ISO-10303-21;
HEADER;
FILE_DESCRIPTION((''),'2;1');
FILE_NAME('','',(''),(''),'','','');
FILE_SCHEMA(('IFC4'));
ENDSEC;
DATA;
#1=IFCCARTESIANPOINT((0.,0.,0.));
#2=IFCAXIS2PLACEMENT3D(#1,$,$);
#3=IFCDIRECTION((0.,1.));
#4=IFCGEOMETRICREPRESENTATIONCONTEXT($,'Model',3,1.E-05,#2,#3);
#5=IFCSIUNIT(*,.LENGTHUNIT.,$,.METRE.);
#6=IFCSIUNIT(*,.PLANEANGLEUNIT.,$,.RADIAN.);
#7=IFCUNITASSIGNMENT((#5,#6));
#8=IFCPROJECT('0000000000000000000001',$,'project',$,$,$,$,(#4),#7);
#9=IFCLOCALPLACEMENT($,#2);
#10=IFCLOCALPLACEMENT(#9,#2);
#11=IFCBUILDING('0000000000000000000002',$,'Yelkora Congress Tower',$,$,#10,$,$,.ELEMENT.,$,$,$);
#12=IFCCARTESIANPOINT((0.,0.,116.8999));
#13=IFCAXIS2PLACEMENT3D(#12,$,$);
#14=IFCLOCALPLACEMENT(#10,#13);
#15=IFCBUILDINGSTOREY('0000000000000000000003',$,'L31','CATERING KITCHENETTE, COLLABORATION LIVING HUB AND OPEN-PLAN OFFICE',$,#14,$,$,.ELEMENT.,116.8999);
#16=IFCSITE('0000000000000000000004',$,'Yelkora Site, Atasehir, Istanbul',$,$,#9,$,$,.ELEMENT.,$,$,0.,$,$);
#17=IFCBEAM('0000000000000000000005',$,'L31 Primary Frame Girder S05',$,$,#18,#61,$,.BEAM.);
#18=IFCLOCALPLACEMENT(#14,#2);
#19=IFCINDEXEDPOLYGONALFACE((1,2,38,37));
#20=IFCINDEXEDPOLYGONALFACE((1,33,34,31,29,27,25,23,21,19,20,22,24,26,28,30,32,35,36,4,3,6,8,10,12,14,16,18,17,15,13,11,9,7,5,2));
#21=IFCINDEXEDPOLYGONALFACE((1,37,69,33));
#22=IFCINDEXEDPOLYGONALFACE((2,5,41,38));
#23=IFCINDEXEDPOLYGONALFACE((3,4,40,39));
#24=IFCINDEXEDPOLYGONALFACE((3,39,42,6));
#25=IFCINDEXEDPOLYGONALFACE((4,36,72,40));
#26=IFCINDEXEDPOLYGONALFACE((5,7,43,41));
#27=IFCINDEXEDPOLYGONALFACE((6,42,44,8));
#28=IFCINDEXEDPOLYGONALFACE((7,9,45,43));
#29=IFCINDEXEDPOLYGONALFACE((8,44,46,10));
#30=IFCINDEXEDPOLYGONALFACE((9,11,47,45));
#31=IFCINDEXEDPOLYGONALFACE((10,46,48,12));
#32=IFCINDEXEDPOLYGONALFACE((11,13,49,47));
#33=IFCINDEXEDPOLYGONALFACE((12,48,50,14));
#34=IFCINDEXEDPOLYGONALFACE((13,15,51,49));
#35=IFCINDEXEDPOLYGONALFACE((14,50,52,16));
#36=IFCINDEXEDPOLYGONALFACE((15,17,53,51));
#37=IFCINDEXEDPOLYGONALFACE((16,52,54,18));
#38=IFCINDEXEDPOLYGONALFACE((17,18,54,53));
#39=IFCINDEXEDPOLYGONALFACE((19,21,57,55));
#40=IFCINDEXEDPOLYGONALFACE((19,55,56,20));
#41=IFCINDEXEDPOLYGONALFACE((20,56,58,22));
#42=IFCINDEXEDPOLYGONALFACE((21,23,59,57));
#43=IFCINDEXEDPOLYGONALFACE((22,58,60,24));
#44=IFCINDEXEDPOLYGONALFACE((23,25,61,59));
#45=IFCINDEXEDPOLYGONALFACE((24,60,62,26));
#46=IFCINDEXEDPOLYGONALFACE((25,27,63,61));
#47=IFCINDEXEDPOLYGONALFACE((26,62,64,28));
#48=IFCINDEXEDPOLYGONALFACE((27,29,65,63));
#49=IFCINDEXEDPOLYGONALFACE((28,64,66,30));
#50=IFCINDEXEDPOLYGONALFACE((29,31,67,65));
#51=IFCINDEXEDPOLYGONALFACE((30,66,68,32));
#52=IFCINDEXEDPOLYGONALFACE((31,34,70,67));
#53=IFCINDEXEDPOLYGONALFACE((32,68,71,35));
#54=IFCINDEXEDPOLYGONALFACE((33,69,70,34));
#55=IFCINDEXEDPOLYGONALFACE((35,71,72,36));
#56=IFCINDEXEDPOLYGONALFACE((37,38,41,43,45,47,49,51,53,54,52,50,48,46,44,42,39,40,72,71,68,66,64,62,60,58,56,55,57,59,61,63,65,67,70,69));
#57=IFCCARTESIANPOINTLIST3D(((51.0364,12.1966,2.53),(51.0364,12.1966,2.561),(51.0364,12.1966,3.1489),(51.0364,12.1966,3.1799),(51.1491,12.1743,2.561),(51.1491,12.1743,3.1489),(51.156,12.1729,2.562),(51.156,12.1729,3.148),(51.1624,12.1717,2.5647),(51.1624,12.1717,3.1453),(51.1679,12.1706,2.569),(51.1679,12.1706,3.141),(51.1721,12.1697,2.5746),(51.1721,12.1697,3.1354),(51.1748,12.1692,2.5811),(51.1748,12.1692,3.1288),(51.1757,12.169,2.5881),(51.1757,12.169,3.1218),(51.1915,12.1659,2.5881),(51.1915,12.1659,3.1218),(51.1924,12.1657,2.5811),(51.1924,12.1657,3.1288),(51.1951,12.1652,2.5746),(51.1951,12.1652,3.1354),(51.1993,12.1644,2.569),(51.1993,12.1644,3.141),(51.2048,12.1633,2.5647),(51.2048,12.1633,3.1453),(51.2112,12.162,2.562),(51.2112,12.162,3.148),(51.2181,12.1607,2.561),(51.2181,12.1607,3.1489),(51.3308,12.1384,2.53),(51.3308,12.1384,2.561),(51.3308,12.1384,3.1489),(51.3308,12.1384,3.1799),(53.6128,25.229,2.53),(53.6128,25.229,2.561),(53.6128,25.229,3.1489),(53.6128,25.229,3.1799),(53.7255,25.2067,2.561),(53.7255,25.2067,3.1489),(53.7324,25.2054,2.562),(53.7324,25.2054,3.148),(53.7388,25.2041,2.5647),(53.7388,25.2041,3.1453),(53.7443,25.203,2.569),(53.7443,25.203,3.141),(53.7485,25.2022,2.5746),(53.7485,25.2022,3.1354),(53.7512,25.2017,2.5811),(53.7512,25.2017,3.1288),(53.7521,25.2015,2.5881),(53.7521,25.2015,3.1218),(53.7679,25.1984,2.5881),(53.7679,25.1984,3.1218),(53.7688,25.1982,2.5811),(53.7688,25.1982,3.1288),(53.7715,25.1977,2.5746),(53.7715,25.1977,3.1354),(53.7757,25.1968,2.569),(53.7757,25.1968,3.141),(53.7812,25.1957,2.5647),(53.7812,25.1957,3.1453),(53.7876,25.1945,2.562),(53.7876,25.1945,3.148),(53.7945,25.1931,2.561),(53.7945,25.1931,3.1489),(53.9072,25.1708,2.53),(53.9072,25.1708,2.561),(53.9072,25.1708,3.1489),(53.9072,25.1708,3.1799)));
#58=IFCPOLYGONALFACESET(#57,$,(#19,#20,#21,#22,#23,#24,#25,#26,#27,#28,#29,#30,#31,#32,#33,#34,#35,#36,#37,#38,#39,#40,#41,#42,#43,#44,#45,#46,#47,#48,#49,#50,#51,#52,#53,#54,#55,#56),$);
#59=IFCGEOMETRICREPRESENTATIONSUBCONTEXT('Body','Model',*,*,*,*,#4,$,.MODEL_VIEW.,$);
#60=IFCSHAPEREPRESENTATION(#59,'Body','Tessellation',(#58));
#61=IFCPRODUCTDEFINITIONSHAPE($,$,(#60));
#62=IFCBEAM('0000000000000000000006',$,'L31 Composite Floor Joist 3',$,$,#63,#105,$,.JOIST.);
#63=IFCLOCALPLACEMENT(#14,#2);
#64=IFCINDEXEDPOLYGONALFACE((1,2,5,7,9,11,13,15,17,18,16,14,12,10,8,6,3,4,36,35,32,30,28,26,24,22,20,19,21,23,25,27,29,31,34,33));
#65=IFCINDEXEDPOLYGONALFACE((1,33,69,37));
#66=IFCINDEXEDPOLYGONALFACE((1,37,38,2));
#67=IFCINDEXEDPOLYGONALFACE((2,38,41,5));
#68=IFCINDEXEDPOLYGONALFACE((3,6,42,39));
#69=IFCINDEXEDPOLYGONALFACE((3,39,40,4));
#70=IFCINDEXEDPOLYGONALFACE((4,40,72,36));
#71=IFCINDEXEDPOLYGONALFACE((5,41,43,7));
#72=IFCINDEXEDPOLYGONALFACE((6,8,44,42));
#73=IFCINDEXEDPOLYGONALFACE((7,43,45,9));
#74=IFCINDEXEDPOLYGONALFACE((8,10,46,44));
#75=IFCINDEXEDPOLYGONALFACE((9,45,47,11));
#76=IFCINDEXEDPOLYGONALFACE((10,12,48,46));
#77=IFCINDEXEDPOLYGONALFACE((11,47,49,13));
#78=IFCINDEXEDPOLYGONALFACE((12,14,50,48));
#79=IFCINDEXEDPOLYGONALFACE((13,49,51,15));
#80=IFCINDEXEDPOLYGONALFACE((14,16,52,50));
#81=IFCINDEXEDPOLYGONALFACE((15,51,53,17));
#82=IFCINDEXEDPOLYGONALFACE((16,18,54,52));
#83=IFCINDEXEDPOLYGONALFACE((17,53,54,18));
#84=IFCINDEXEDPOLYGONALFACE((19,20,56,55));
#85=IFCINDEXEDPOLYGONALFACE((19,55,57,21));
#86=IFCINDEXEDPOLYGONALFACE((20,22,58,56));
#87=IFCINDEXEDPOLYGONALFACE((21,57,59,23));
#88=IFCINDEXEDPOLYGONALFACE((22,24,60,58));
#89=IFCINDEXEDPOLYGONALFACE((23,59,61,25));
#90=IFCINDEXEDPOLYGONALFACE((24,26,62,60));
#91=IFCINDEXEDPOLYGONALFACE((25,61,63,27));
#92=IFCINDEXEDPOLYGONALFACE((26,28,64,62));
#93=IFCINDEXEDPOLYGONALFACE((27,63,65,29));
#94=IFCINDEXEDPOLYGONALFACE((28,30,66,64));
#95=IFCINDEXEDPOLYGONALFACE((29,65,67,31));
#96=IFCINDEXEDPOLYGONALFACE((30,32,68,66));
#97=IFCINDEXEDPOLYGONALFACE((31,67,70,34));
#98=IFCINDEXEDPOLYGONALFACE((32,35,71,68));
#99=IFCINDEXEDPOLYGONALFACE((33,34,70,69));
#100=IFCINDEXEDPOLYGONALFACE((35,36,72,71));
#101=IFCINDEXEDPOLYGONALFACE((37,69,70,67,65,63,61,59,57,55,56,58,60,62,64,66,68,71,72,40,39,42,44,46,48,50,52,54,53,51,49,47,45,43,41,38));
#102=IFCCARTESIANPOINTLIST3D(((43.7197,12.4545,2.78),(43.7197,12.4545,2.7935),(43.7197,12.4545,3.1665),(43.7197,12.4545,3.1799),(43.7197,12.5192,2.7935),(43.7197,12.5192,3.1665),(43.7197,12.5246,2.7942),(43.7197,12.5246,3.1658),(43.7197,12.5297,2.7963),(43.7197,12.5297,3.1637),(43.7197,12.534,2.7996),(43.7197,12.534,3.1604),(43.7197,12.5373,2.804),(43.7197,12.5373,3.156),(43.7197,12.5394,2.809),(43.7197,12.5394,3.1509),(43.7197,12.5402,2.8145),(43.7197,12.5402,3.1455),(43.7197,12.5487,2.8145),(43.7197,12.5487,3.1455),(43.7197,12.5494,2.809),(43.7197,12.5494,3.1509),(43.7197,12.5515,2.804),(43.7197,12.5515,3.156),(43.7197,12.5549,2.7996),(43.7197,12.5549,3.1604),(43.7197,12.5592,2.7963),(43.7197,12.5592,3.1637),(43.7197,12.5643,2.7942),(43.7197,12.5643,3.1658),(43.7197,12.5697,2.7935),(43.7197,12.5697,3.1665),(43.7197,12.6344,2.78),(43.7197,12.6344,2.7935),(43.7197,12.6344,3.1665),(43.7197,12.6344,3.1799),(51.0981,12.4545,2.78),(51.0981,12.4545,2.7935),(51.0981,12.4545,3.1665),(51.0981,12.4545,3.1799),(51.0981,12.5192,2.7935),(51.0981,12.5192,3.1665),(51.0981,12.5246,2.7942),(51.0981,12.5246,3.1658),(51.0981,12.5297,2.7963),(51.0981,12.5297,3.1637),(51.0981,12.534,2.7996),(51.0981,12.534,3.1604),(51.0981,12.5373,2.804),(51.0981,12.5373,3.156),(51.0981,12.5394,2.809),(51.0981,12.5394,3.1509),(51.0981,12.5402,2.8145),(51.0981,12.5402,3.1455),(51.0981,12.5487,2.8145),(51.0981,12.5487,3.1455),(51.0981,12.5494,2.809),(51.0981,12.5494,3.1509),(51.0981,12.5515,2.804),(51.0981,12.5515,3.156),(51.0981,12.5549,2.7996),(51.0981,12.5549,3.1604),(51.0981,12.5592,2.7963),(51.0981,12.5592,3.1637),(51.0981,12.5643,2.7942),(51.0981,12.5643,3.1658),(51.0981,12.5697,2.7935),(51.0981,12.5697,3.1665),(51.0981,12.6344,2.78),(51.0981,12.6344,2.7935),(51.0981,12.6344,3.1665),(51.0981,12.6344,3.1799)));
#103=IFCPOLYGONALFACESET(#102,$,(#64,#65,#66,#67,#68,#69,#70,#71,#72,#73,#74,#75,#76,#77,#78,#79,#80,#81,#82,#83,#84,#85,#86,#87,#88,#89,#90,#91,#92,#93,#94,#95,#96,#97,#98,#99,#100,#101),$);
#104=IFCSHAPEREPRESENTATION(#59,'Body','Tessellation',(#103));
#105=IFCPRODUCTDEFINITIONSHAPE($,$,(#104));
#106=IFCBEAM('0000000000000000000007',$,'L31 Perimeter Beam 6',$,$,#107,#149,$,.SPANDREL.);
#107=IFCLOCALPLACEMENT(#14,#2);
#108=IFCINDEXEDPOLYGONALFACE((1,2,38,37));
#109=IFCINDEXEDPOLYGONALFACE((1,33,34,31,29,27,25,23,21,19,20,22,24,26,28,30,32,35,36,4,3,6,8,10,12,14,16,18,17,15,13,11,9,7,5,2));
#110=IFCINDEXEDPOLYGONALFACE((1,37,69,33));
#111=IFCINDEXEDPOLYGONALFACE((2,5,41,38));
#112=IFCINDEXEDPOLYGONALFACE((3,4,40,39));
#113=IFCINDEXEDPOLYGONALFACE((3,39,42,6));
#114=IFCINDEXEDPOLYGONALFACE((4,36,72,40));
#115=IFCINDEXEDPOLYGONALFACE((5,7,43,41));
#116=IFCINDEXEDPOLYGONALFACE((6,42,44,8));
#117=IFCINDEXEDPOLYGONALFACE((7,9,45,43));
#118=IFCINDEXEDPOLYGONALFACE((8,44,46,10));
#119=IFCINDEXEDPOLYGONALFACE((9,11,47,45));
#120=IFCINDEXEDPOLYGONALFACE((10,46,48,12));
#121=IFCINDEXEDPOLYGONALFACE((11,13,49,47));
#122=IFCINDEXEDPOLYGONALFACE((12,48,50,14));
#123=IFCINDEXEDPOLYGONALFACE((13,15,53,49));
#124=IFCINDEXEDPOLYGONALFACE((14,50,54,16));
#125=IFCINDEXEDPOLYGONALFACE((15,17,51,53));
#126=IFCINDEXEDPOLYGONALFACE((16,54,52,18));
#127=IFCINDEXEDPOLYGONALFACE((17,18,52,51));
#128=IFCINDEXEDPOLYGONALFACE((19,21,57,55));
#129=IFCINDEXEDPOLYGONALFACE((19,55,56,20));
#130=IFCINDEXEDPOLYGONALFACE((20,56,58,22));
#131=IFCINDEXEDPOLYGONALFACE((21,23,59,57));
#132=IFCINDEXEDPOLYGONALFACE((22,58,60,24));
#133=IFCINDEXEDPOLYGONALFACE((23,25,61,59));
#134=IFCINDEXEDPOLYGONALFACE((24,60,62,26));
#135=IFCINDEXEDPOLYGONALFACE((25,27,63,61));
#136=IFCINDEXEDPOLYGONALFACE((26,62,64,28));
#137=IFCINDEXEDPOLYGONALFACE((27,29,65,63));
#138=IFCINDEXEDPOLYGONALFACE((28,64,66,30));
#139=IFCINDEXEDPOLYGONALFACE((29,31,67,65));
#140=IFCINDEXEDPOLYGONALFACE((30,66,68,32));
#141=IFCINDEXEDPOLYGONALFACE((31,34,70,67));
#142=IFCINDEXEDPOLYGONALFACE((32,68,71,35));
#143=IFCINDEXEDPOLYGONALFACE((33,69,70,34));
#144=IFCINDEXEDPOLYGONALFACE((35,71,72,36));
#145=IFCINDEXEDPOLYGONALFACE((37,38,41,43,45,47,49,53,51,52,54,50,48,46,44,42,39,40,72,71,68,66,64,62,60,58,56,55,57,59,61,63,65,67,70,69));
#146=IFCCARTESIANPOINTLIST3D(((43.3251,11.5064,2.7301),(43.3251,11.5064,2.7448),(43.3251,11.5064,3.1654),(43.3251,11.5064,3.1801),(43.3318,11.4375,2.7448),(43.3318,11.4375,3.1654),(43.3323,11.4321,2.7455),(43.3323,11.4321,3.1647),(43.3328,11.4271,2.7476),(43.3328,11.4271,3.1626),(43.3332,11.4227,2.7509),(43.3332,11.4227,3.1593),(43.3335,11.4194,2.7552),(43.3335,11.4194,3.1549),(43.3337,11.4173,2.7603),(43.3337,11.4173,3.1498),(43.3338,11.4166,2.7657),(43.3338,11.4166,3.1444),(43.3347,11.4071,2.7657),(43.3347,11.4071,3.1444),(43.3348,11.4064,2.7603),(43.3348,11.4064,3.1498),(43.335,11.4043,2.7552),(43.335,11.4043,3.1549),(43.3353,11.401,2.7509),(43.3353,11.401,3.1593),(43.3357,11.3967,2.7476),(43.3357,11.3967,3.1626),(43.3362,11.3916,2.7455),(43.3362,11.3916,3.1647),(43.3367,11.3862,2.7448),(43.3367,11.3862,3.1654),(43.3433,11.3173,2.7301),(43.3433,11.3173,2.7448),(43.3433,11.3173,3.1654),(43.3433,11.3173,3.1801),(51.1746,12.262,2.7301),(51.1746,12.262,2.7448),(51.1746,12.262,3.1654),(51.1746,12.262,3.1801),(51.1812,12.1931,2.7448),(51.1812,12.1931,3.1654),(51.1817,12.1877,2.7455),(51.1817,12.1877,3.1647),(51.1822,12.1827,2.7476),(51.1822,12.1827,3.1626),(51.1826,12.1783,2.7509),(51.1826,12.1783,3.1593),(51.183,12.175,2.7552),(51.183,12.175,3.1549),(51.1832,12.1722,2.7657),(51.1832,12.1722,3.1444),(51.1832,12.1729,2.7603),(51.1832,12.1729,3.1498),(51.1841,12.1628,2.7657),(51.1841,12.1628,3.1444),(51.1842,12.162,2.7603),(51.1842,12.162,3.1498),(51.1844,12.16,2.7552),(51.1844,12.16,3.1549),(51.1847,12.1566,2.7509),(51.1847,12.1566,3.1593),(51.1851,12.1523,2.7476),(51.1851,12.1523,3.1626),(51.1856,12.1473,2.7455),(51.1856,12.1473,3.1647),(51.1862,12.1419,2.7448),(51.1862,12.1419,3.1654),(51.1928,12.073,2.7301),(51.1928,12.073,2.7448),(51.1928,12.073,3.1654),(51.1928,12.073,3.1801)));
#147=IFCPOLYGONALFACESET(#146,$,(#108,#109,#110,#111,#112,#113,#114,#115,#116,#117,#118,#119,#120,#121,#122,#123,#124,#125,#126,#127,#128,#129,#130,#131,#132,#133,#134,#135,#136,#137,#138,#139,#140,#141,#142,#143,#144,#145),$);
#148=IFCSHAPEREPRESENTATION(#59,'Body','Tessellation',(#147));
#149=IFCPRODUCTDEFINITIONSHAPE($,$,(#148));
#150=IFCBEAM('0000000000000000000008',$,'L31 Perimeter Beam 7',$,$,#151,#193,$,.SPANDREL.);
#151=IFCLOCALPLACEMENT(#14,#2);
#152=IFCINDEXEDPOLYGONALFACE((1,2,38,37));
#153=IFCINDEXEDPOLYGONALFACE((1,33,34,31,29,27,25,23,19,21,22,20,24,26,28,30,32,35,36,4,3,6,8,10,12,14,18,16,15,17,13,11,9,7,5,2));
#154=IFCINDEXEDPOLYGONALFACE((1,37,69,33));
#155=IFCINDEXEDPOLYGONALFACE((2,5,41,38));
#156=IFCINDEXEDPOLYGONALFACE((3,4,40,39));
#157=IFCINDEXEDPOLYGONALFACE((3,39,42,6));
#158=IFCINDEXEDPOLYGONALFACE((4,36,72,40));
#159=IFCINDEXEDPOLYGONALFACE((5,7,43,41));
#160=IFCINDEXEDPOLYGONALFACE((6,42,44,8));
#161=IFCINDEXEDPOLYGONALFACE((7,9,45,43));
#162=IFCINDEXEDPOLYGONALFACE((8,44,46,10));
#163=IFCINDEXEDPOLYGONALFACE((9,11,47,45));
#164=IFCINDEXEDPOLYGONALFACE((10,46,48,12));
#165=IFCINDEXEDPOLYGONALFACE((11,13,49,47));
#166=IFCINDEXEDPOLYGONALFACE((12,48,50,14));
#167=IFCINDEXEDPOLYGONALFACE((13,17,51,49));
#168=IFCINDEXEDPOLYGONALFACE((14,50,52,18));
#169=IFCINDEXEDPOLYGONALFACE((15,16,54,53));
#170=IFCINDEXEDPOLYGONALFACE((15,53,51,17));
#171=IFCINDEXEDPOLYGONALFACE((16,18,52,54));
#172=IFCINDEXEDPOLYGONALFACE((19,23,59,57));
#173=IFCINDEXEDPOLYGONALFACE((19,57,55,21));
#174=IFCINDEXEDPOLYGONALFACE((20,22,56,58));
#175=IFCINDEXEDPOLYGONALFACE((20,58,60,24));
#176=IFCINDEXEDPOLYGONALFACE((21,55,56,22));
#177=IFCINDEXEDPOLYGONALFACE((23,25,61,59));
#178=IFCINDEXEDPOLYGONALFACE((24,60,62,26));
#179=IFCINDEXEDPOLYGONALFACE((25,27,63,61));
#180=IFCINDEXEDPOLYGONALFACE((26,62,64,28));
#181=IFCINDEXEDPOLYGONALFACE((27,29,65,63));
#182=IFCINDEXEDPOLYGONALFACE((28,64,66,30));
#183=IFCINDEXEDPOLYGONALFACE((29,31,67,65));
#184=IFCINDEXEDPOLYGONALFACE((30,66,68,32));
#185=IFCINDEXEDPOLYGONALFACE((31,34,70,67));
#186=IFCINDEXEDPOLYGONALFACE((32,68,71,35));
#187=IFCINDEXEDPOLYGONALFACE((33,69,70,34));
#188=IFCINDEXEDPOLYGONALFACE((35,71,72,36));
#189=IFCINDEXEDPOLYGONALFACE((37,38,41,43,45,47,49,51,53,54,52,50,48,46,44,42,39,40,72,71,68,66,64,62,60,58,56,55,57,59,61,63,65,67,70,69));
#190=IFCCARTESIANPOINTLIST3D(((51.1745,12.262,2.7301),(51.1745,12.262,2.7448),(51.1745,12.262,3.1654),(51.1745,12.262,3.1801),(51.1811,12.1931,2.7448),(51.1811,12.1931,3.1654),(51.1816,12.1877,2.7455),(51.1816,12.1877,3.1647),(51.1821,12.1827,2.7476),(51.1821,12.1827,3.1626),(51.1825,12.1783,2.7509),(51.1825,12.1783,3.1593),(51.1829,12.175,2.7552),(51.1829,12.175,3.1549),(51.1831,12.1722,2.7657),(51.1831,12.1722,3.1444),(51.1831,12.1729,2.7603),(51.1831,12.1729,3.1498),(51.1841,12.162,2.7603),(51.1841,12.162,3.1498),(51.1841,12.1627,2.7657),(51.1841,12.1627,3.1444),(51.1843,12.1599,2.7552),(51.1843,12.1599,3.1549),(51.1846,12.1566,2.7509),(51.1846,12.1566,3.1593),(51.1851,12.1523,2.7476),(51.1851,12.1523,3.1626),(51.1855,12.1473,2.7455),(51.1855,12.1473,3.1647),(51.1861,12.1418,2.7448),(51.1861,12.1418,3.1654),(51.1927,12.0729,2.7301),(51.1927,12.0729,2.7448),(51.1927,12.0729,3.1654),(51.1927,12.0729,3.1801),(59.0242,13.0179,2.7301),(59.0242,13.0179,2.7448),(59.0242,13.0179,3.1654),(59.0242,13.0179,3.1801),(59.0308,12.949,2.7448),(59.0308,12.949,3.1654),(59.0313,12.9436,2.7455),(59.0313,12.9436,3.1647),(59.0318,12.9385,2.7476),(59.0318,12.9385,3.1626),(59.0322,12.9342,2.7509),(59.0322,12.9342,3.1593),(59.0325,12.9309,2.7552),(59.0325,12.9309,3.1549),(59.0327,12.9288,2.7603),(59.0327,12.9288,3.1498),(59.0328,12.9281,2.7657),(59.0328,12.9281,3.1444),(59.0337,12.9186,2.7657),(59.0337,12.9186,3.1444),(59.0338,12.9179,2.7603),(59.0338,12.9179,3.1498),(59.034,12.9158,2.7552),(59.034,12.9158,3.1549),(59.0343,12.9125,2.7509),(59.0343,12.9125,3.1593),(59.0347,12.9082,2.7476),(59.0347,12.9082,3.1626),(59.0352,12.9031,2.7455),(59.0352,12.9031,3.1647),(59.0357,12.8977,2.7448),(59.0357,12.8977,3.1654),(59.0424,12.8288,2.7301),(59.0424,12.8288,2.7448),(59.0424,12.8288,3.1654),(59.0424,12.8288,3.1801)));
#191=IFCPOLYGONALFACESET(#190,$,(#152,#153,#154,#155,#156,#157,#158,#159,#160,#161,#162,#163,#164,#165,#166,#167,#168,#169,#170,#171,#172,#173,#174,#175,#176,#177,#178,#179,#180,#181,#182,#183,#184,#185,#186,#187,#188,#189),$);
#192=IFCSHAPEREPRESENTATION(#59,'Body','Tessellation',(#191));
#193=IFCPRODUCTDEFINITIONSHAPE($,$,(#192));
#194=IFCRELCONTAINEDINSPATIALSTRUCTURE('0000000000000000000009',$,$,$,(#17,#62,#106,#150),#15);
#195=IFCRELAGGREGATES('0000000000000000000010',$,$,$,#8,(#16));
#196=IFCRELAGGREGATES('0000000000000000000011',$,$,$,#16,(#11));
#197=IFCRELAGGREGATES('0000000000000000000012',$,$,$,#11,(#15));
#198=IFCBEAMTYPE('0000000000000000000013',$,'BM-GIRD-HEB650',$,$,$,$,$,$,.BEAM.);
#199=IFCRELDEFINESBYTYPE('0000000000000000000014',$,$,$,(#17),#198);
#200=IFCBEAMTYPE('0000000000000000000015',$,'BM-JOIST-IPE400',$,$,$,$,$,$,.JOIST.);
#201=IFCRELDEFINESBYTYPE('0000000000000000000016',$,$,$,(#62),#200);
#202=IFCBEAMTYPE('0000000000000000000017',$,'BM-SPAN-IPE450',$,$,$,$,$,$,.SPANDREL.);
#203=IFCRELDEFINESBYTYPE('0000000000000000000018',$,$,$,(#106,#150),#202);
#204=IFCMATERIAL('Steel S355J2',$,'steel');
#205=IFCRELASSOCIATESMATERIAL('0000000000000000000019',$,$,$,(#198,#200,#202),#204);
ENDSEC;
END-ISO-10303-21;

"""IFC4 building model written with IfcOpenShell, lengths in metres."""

from ifc_helpers import new_model, si_unit, direction, frame, origin, origin_2d, place, context, subcontext, project, spatial, i_section, extrude, material, material_profile, profile_set, type_object, element, save


model = new_model("IFC4")

# Units and contexts
model_context = context("Model", 3, precision=1e-05, world=origin(), true_north=direction((0.0, 1.0)))
body_context = subcontext(model_context, "Body", "Model", "MODEL_VIEW")
ifc_project = project(units=[si_unit("LENGTHUNIT", "METRE"), si_unit("PLANEANGLEUNIT", "RADIAN")], contexts=[model_context])

# Site, building, storey
site_placement = place(None, origin())
site = spatial("IfcSite", under=ifc_project, at=site_placement, Name="Yelkora Site, Atasehir, Istanbul", CompositionType="ELEMENT", RefElevation=0.0)
building_placement = place(site_placement, origin())
building = spatial("IfcBuilding", under=site, at=building_placement, Name="Yelkora Congress Tower", CompositionType="ELEMENT")
storey_placement = place(building_placement, frame((0.0, 0.0, 116.8999)))
storey = spatial("IfcBuildingStorey", under=building, at=storey_placement, Name="L31", Description="CATERING KITCHENETTE, COLLABORATION LIVING HUB AND OPEN-PLAN OFFICE", CompositionType="ELEMENT", Elevation=116.8999)

# Beams
ifc_material_1 = material(Name="Steel S355J2", Category="steel")
ifc_material_profile_1 = material_profile(ifc_material_1, i_section(OverallWidth=0.3, OverallDepth=0.6499, WebThickness=0.0161, FlangeThickness=0.031, FilletRadius=0.0271, at=origin_2d()), Name="HEB 650")
ifc_profile_set_1 = profile_set([ifc_material_profile_1], Name="Steel S355J2")
beam_type_1 = type_object("IfcBeamType", Name="BM-GIRD-HEB650", PredefinedType="BEAM", material=ifc_profile_set_1)
beam_1_placement = place(storey_placement, frame((51.1836, 12.1675, 2.855), z_axis=(0.193939, 0.981014, 0.0), x_axis=(-0.981014, 0.193939, 0.0)))
element("IfcBeam", 1, at=beam_1_placement, inside=storey, type_object=beam_type_1, Name="L31 Primary Frame Girder S05", PredefinedType="BEAM", context=body_context, shape_type="SweptSolid", body=[
    extrude(i_section(OverallWidth=0.3, OverallDepth=0.6499, WebThickness=0.0161, FlangeThickness=0.031, FilletRadius=0.0271, at=origin_2d()), origin(), (0.0, 0.0, 1.0), 13.2847),
])
ifc_material_profile_2 = material_profile(ifc_material_1, i_section(OverallWidth=0.1799, OverallDepth=0.3999, WebThickness=0.0085, FlangeThickness=0.0134, FilletRadius=0.021, at=origin_2d()), Name="IPE 400")
ifc_profile_set_2 = profile_set([ifc_material_profile_2], Name="Steel S355J2")
beam_type_2 = type_object("IfcBeamType", Name="BM-JOIST-IPE400", PredefinedType="JOIST", material=ifc_profile_set_2)
beam_2_placement = place(storey_placement, frame((43.7197, 12.5444, 2.98), z_axis=(1.0, 0.0, 0.0), x_axis=(0.0, 1.0, 0.0)))
element("IfcBeam", 2, at=beam_2_placement, inside=storey, type_object=beam_type_2, Name="L31 Composite Floor Joist 3", PredefinedType="JOIST", context=body_context, shape_type="SweptSolid", body=[
    extrude(i_section(OverallWidth=0.1799, OverallDepth=0.3999, WebThickness=0.0085, FlangeThickness=0.0134, FilletRadius=0.021, at=origin_2d()), origin(), (0.0, 0.0, 1.0), 7.3784),
])
ifc_material_profile_3 = material_profile(ifc_material_1, i_section(OverallWidth=0.1899, OverallDepth=0.45, WebThickness=0.0095, FlangeThickness=0.0146, FilletRadius=0.021, at=origin_2d()), Name="IPE 450")
ifc_profile_set_3 = profile_set([ifc_material_profile_3], Name="Steel S355J2")
beam_type_3 = type_object("IfcBeamType", Name="BM-SPAN-IPE450", PredefinedType="SPANDREL", material=ifc_profile_set_3)
beam_3_placement = place(storey_placement, frame((43.3342, 11.4119, 2.9551), z_axis=(0.995399, 0.095822, 0.0), x_axis=(-0.095822, 0.995399, 0.0)))
element("IfcBeam", 3, at=beam_3_placement, inside=storey, type_object=beam_type_3, Name="L31 Perimeter Beam 6", PredefinedType="SPANDREL", context=body_context, shape_type="SweptSolid", body=[
    extrude(i_section(OverallWidth=0.1899, OverallDepth=0.45, WebThickness=0.0095, FlangeThickness=0.0146, FilletRadius=0.021, at=origin_2d()), origin(), (0.0, 0.0, 1.0), 7.8857),
])
beam_4_placement = place(storey_placement, frame((51.1836, 12.1675, 2.9551), z_axis=(0.995396, 0.095849, 0.0), x_axis=(-0.095849, 0.995396, 0.0)))
element("IfcBeam", 4, at=beam_4_placement, inside=storey, type_object=beam_type_3, Name="L31 Perimeter Beam 7", PredefinedType="SPANDREL", context=body_context, shape_type="SweptSolid", body=[
    extrude(i_section(OverallWidth=0.1899, OverallDepth=0.45, WebThickness=0.0095, FlangeThickness=0.0146, FilletRadius=0.021, at=origin_2d()), origin(), (0.0, 0.0, 1.0), 7.886),
])

save(model, "model.ifc")
